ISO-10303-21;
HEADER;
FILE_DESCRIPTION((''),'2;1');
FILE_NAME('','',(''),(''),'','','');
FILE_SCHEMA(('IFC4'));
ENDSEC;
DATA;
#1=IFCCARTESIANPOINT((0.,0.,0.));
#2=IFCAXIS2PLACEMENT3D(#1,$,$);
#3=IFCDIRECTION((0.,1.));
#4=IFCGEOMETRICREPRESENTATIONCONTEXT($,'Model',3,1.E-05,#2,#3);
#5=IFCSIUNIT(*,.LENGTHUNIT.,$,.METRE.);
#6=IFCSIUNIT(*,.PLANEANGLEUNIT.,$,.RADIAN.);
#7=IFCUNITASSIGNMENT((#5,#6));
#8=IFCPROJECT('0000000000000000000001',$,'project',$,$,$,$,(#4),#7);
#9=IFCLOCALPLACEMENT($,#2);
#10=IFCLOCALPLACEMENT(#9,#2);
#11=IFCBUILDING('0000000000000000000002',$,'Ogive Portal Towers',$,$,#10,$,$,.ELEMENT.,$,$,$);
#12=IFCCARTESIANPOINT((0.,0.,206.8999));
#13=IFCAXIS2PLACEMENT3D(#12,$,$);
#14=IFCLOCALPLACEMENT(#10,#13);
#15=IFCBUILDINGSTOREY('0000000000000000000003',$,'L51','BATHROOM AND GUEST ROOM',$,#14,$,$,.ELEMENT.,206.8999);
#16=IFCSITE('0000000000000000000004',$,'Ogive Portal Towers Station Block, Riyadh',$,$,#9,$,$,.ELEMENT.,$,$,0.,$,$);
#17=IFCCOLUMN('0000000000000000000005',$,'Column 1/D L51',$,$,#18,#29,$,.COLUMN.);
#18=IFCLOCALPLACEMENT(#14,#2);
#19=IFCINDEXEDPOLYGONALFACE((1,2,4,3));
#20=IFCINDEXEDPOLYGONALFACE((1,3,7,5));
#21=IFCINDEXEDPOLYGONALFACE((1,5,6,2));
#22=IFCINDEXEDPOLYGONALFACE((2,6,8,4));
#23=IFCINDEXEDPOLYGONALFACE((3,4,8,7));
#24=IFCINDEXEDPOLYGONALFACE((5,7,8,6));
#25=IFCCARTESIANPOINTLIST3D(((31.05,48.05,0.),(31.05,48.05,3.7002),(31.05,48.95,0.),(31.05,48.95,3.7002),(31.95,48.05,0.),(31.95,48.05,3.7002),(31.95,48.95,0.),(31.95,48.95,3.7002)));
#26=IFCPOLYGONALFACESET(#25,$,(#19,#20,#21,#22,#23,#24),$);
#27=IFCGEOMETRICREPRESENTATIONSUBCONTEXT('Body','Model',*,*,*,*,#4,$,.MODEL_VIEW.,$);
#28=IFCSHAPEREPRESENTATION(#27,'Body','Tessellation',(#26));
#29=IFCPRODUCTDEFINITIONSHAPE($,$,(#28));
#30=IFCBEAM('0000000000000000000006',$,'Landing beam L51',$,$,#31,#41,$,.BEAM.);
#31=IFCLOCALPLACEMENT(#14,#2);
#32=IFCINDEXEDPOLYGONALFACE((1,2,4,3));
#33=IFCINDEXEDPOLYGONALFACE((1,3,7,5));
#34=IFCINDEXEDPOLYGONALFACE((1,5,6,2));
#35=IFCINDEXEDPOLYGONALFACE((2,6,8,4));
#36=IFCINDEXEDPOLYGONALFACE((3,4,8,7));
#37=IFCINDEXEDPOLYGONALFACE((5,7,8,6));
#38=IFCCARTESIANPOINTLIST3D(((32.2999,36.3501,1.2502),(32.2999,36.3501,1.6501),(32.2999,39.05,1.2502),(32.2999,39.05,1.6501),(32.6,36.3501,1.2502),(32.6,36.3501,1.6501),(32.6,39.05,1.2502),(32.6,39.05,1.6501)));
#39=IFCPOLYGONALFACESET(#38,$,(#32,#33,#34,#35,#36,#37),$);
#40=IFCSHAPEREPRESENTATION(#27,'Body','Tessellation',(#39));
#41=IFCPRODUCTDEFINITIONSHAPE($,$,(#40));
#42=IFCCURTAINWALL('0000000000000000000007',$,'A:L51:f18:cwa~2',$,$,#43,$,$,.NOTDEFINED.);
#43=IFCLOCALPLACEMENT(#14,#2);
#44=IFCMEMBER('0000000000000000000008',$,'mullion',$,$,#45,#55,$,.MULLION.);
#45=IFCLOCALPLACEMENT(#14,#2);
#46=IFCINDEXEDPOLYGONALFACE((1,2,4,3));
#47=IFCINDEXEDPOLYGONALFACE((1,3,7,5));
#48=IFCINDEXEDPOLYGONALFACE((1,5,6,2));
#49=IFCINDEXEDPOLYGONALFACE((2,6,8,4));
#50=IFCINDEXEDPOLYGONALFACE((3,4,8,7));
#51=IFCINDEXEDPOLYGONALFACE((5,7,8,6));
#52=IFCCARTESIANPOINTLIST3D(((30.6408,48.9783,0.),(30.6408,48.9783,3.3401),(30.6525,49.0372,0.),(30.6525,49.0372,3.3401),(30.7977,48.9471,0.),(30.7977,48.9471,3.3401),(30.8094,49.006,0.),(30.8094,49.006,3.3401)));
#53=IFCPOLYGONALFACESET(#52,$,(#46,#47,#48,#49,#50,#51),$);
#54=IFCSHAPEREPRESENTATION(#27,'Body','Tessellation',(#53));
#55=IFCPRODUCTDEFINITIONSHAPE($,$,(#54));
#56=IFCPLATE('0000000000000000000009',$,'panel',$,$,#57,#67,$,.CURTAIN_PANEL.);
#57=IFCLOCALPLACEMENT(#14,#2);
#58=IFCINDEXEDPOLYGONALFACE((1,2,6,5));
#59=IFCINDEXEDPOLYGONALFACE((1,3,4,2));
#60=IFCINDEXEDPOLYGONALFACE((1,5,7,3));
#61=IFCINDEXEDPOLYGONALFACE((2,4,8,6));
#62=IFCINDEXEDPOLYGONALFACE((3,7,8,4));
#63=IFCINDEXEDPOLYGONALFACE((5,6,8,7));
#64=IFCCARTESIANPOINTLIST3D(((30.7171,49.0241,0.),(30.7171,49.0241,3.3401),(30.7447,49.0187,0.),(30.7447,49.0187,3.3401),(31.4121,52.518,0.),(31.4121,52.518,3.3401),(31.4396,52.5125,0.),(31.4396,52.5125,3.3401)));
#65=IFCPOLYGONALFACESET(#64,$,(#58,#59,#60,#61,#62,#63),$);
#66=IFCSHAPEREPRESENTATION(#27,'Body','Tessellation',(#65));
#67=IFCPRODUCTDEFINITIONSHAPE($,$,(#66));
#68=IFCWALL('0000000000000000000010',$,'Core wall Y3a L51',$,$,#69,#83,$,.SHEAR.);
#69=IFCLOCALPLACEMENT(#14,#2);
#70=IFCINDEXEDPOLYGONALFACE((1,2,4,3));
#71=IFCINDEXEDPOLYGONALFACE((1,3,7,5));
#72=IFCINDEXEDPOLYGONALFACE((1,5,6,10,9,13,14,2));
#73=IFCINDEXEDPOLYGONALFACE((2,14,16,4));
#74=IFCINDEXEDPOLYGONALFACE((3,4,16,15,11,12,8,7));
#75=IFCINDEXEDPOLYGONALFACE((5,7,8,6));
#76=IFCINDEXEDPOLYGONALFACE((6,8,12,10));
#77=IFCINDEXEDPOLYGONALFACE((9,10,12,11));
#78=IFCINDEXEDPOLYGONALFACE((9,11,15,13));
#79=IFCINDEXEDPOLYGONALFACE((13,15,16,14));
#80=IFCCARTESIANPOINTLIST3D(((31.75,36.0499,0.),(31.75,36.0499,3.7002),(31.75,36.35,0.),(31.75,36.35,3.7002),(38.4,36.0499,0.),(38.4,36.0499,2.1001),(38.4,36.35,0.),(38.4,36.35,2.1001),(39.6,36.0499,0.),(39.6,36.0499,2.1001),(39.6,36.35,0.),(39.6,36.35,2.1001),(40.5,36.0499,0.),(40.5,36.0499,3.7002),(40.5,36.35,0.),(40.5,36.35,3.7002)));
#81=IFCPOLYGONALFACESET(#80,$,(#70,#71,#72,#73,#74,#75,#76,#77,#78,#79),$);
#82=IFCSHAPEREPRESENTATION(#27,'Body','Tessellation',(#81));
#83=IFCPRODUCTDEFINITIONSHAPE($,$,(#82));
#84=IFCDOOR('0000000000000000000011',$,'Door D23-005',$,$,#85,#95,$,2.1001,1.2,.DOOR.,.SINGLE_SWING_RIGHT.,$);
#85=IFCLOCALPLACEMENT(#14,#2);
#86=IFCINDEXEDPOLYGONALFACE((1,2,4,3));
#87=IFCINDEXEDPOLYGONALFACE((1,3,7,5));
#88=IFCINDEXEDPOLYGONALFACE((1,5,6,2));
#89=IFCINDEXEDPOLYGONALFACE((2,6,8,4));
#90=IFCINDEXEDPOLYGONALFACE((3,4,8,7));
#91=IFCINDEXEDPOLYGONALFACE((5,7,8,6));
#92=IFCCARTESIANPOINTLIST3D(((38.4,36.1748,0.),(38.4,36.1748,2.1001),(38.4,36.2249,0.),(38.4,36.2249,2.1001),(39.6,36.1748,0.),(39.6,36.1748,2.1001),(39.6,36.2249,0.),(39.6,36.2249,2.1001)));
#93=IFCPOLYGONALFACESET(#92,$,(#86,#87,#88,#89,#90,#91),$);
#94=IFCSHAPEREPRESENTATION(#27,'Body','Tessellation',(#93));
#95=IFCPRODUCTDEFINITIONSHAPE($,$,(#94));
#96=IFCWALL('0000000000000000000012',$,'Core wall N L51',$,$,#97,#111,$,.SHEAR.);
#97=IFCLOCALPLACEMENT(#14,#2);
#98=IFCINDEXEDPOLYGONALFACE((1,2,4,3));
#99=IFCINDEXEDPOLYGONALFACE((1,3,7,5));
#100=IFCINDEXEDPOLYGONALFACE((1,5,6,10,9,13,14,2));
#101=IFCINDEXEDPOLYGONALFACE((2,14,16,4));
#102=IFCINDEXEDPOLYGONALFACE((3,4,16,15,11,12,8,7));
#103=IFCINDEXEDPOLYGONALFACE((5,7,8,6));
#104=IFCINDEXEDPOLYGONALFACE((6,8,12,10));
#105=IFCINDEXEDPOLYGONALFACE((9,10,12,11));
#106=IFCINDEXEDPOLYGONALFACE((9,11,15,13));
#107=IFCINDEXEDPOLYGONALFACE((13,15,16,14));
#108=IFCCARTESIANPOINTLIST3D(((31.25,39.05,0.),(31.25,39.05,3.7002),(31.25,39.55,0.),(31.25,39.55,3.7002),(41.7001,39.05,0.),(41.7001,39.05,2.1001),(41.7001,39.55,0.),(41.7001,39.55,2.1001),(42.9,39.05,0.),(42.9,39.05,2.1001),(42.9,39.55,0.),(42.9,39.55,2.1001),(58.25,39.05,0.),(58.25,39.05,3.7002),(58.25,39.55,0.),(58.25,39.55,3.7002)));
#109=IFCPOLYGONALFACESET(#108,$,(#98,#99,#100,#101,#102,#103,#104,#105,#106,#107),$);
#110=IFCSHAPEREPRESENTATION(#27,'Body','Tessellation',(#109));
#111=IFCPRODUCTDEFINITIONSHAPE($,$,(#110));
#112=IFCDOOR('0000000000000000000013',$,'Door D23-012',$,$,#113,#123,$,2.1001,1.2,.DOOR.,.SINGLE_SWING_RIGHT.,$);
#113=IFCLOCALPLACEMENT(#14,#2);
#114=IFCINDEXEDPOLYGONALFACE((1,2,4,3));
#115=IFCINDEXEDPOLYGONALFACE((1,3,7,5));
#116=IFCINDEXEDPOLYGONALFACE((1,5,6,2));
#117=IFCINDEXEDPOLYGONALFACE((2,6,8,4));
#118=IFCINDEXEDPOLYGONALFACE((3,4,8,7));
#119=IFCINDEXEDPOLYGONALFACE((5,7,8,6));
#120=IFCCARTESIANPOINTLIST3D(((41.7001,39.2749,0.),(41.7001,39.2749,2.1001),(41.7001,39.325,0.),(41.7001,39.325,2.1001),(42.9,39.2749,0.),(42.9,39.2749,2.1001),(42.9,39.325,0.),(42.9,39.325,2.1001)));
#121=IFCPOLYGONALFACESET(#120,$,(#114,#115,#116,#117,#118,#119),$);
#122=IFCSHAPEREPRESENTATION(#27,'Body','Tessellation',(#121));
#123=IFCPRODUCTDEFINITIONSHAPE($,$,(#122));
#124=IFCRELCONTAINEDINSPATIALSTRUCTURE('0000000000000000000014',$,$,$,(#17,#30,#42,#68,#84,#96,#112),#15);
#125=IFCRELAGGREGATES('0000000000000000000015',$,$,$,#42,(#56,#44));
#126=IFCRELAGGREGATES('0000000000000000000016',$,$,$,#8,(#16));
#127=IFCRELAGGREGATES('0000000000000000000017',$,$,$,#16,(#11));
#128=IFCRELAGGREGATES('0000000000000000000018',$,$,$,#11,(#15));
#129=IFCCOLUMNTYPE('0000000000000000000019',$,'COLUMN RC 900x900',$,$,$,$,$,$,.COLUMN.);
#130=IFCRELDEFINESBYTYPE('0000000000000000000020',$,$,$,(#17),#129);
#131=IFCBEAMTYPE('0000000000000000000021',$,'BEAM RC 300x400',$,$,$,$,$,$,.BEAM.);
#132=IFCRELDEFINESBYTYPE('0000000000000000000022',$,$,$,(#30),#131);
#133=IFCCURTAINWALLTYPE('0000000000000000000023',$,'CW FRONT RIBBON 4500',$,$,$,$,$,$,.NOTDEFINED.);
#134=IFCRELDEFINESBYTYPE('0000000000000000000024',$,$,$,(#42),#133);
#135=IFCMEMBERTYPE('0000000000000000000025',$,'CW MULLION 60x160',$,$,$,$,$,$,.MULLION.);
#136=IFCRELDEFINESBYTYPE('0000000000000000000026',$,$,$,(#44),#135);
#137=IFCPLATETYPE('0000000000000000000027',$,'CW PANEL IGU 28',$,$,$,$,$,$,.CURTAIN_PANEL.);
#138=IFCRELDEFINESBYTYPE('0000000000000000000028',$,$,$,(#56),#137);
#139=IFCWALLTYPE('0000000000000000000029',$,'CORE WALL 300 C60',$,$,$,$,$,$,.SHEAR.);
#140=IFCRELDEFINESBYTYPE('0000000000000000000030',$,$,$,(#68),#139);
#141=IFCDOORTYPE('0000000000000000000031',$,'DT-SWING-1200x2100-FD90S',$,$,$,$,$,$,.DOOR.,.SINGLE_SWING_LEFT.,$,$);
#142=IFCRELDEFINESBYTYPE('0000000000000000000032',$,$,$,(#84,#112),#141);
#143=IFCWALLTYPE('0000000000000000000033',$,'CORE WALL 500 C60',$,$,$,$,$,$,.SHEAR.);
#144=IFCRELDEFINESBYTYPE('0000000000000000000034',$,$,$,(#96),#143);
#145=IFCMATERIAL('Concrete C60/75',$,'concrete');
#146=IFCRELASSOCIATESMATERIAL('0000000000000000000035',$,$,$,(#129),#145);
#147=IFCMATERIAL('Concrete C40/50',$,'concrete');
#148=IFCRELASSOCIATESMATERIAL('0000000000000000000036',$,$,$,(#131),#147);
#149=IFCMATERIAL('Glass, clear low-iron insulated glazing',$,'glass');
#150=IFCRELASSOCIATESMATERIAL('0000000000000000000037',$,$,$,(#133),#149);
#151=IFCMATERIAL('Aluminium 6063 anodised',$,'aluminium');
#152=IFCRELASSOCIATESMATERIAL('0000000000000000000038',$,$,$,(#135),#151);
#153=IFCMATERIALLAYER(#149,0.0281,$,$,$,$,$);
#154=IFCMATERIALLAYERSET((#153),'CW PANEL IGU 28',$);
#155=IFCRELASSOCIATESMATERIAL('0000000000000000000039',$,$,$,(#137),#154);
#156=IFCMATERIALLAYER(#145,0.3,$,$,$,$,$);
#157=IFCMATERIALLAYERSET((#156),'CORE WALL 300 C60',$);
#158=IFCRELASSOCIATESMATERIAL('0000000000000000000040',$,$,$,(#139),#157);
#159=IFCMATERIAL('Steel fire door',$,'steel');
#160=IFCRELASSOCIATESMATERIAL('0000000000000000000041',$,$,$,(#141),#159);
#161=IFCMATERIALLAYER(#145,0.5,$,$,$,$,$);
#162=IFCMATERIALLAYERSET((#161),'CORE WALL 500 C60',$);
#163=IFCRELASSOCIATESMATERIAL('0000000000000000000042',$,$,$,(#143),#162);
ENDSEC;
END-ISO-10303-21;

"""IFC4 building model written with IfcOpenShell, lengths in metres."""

from ifc_helpers import new_model, si_unit, direction, frame, frame_2d, origin, origin_2d, place, context, subcontext, project, spatial, rectangle, extrude, material, layer, layer_set, material_profile, profile_set, type_object, element, fill, aggregate, save


model = new_model("IFC4")

# Units and contexts
model_context = context("Model", 3, precision=1e-05, world=origin(), true_north=direction((0.0, 1.0)))
body_context = subcontext(model_context, "Body", "Model", "MODEL_VIEW")
ifc_project = project(units=[si_unit("LENGTHUNIT", "METRE"), si_unit("PLANEANGLEUNIT", "RADIAN")], contexts=[model_context])

# Site, building, storey
site_placement = place(None, origin())
site = spatial("IfcSite", under=ifc_project, at=site_placement, Name="Ogive Portal Towers Station Block, Riyadh", CompositionType="ELEMENT", RefElevation=0.0)
building_placement = place(site_placement, origin())
building = spatial("IfcBuilding", under=site, at=building_placement, Name="Ogive Portal Towers", CompositionType="ELEMENT")
storey_placement = place(building_placement, frame((0.0, 0.0, 206.8999)))
storey = spatial("IfcBuildingStorey", under=building, at=storey_placement, Name="L51", Description="BATHROOM AND GUEST ROOM", CompositionType="ELEMENT", Elevation=206.8999)

# Column
ifc_material_1 = material(Name="Concrete C60/75", Category="concrete")
ifc_material_profile_1 = material_profile(ifc_material_1, rectangle(XDim=0.8999, YDim=0.8999, at=origin_2d()), Name="RC 900x900")
ifc_profile_set_1 = profile_set([ifc_material_profile_1], Name="Concrete C60/75")
column_type = type_object("IfcColumnType", Name="COLUMN RC 900x900", PredefinedType="COLUMN", material=ifc_profile_set_1)
column_placement = place(storey_placement, frame((31.5, 48.5, 0.0), z_axis=(0.0, 0.0, 1.0), x_axis=(1.0, 0.0, 0.0)))
element("IfcColumn", 1, at=column_placement, inside=storey, type_object=column_type, Name="Column 1/D L51", PredefinedType="COLUMN", context=body_context, shape_type="SweptSolid", body=[
    extrude(rectangle(XDim=0.8999, YDim=0.8999, at=origin_2d()), origin(), (0.0, 0.0, 1.0), 3.7002),
])

# Beam
ifc_material_2 = material(Name="Concrete C40/50", Category="concrete")
ifc_material_profile_2 = material_profile(ifc_material_2, rectangle(XDim=0.3, YDim=0.3999, at=origin_2d()), Name="RC 300x400")
ifc_profile_set_2 = profile_set([ifc_material_profile_2], Name="Concrete C40/50")
beam_type = type_object("IfcBeamType", Name="BEAM RC 300x400", PredefinedType="BEAM", material=ifc_profile_set_2)
beam_placement = place(storey_placement, frame((32.45, 36.3501, 1.4502), z_axis=(0.0, 1.0, 0.0), x_axis=(-1.0, 0.0, 0.0)))
element("IfcBeam", 2, at=beam_placement, inside=storey, type_object=beam_type, Name="Landing beam L51", PredefinedType="BEAM", context=body_context, shape_type="SweptSolid", body=[
    extrude(rectangle(XDim=0.3, YDim=0.3999, at=origin_2d()), origin(), (0.0, 0.0, 1.0), 2.7),
])

# Curtain wall, member, plate
ifc_material_3 = material(Name="Glass, clear low-iron insulated glazing", Category="glass")
curtain_wall_type = type_object("IfcCurtainWallType", Name="CW FRONT RIBBON 4500", PredefinedType="NOTDEFINED", material=ifc_material_3)
curtain_wall_placement = place(storey_placement, origin())
curtain_wall = element("IfcCurtainWall", 3, at=curtain_wall_placement, inside=storey, type_object=curtain_wall_type, Name="A:L51:f18:cwa~2", PredefinedType="NOTDEFINED")
ifc_material_4 = material(Name="Aluminium 6063 anodised", Category="aluminium")
ifc_material_profile_3 = material_profile(ifc_material_4, rectangle(XDim=0.1599, YDim=0.0601, at=origin_2d()), Name="AL 60x160")
ifc_profile_set_3 = profile_set([ifc_material_profile_3], Name="Aluminium 6063 anodised")
member_type = type_object("IfcMemberType", Name="CW MULLION 60x160", PredefinedType="MULLION", material=ifc_profile_set_3)
member_placement = place(storey_placement, frame((30.7251, 48.9922, 0.0), z_axis=(0.0, 0.0, 1.0), x_axis=(0.980785, -0.19509, 0.0)))
member = element("IfcMember", 4, at=member_placement, type_object=member_type, Name="mullion", PredefinedType="MULLION", context=body_context, shape_type="SweptSolid", body=[
    extrude(rectangle(XDim=0.1599, YDim=0.0601, at=origin_2d()), origin(), (0.0, 0.0, 1.0), 3.3401),
])
ifc_layer_1 = layer(ifc_material_3, 0.0281)
ifc_layer_set_1 = layer_set([ifc_layer_1], Name="CW PANEL IGU 28")
plate_type = type_object("IfcPlateType", Name="CW PANEL IGU 28", PredefinedType="CURTAIN_PANEL", material=ifc_layer_set_1)
plate_placement = place(storey_placement, frame((31.0784, 50.7683, 0.0), z_axis=(0.0, 0.0, 1.0), x_axis=(-0.19509, -0.980785, 0.0)))
plate = element("IfcPlate", 5, at=plate_placement, type_object=plate_type, Name="panel", PredefinedType="CURTAIN_PANEL", context=body_context, shape_type="SweptSolid", body=[
    extrude(rectangle(XDim=3.5623, YDim=0.0281, at=origin_2d()), origin(), (0.0, 0.0, 1.0), 3.3401),
])
aggregate(curtain_wall, [plate, member])

# Walls, openings, doors
ifc_layer_2 = layer(ifc_material_1, 0.3)
ifc_layer_set_2 = layer_set([ifc_layer_2], Name="CORE WALL 300 C60")
wall_type_1 = type_object("IfcWallType", Name="CORE WALL 300 C60", PredefinedType="SHEAR", material=ifc_layer_set_2)
wall_1_placement = place(storey_placement, frame((31.75, 36.2, 0.0), z_axis=(0.0, 0.0, 1.0), x_axis=(1.0, 0.0, 0.0)))
wall_1 = element("IfcWall", 6, at=wall_1_placement, inside=storey, type_object=wall_type_1, Name="Core wall Y3a L51", PredefinedType="SHEAR", context=body_context, shape_type="SweptSolid", body=[
    extrude(rectangle(XDim=8.75, YDim=0.3, at=frame_2d((4.375, 0.0))), origin(), (0.0, 0.0, 1.0), 3.7002),
])
opening_1_placement = place(wall_1_placement, frame((6.6499, 0.0, 0.0)))
opening_1 = element("IfcOpeningElement", 7, at=opening_1_placement, cuts=wall_1, PredefinedType="OPENING", context=body_context, shape_type="SweptSolid", body=[
    extrude(rectangle(XDim=1.2, YDim=2.1001, at=frame_2d((0.6001, 1.05))), frame((0.0, 0.1602, 0.0), z_axis=(0.0, -1.0, 0.0), x_axis=(1.0, 0.0, 0.0)), (0.0, 0.0, 1.0), 0.3201),
])
ifc_material_5 = material(Name="Steel fire door", Category="steel")
door_type = type_object("IfcDoorType", Name="DT-SWING-1200x2100-FD90S", OperationType="SINGLE_SWING_LEFT", PredefinedType="DOOR", material=ifc_material_5)
door_1_placement = place(opening_1_placement, origin())
door_1 = element("IfcDoor", 8, at=door_1_placement, inside=storey, type_object=door_type, Name="Door D23-005", OperationType="SINGLE_SWING_RIGHT", OverallHeight=2.1001, OverallWidth=1.2, PredefinedType="DOOR", context=body_context, shape_type="SweptSolid", body=[
    extrude(rectangle(XDim=1.2, YDim=2.1001, at=frame_2d((0.6001, 1.05))), frame((0.0, 0.0249, 0.0), z_axis=(0.0, -1.0, 0.0), x_axis=(1.0, 0.0, 0.0)), (0.0, 0.0, 1.0), 0.05),
])
fill(opening_1, door_1)
ifc_layer_3 = layer(ifc_material_1, 0.5)
ifc_layer_set_3 = layer_set([ifc_layer_3], Name="CORE WALL 500 C60")
wall_type_2 = type_object("IfcWallType", Name="CORE WALL 500 C60", PredefinedType="SHEAR", material=ifc_layer_set_3)
wall_2_placement = place(storey_placement, frame((31.25, 39.3, 0.0), z_axis=(0.0, 0.0, 1.0), x_axis=(1.0, 0.0, 0.0)))
wall_2 = element("IfcWall", 9, at=wall_2_placement, inside=storey, type_object=wall_type_2, Name="Core wall N L51", PredefinedType="SHEAR", context=body_context, shape_type="SweptSolid", body=[
    extrude(rectangle(XDim=27.0, YDim=0.5, at=frame_2d((13.5, 0.0))), origin(), (0.0, 0.0, 1.0), 3.7002),
])
opening_2_placement = place(wall_2_placement, frame((10.45, 0.0, 0.0)))
opening_2 = element("IfcOpeningElement", 10, at=opening_2_placement, cuts=wall_2, PredefinedType="OPENING", context=body_context, shape_type="SweptSolid", body=[
    extrude(rectangle(XDim=1.2, YDim=2.1001, at=frame_2d((0.6001, 1.05))), frame((0.0, 0.26, 0.0), z_axis=(0.0, -1.0, 0.0), x_axis=(1.0, 0.0, 0.0)), (0.0, 0.0, 1.0), 0.52),
])
door_2_placement = place(opening_2_placement, origin())
door_2 = element("IfcDoor", 11, at=door_2_placement, inside=storey, type_object=door_type, Name="Door D23-012", OperationType="SINGLE_SWING_RIGHT", OverallHeight=2.1001, OverallWidth=1.2, PredefinedType="DOOR", context=body_context, shape_type="SweptSolid", body=[
    extrude(rectangle(XDim=1.2, YDim=2.1001, at=frame_2d((0.6001, 1.05))), frame((0.0, 0.0249, 0.0), z_axis=(0.0, -1.0, 0.0), x_axis=(1.0, 0.0, 0.0)), (0.0, 0.0, 1.0), 0.05),
])
fill(opening_2, door_2)

save(model, "model.ifc")
